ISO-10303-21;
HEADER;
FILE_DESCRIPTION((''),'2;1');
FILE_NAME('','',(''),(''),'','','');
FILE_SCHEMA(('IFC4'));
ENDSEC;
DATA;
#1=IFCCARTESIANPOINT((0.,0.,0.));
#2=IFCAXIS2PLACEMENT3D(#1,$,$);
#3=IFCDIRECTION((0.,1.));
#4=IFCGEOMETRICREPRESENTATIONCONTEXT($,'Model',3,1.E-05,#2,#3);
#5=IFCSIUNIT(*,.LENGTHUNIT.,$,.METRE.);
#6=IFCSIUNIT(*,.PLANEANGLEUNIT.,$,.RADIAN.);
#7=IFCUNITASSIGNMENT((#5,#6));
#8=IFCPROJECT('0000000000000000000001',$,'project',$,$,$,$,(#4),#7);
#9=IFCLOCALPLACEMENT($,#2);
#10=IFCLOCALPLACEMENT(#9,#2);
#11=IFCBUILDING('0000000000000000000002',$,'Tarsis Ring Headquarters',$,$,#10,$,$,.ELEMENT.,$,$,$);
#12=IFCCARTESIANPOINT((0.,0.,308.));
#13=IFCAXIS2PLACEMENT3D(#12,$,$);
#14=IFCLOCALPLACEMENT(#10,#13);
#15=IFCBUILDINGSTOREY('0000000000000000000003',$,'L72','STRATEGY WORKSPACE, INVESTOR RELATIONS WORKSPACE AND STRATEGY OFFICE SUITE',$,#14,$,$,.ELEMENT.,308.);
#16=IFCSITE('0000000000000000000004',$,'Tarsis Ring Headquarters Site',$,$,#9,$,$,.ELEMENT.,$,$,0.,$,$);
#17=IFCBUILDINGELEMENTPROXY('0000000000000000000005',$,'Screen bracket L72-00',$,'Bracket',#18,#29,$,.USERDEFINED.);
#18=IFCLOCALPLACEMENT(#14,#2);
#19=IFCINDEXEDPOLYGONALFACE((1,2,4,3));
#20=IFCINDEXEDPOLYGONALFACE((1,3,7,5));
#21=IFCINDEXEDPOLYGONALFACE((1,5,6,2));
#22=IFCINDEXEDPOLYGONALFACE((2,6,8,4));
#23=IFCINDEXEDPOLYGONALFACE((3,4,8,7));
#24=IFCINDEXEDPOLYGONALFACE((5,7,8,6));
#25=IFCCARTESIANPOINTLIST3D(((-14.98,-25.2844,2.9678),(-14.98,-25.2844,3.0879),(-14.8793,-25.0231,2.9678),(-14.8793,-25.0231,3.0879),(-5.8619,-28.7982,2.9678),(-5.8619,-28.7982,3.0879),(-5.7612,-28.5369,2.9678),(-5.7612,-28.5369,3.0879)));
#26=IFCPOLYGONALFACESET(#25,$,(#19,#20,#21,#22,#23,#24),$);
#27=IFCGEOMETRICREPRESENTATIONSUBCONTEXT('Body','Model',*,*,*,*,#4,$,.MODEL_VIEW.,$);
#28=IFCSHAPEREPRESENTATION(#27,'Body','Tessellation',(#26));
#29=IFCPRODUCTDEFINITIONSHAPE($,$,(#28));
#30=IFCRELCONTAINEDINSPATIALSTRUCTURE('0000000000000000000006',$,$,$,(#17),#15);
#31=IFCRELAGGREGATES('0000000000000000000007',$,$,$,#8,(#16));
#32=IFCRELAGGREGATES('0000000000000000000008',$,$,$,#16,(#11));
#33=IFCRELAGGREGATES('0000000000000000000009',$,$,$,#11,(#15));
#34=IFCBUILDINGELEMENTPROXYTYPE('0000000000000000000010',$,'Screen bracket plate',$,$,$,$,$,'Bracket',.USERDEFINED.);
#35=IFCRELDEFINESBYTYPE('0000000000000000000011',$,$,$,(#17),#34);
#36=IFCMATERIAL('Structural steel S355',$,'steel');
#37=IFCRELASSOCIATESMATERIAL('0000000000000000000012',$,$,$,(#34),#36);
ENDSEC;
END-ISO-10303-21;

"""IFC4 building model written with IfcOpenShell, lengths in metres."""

from ifc_helpers import new_model, si_unit, direction, frame, origin, origin_2d, place, context, subcontext, project, spatial, rectangle, extrude, material, type_object, element, save


model = new_model("IFC4")

# Units and contexts
model_context = context("Model", 3, precision=1e-05, world=origin(), true_north=direction((0.0, 1.0)))
body_context = subcontext(model_context, "Body", "Model", "MODEL_VIEW")
ifc_project = project(units=[si_unit("LENGTHUNIT", "METRE"), si_unit("PLANEANGLEUNIT", "RADIAN")], contexts=[model_context])

# Site, building, storey
site_placement = place(None, origin())
site = spatial("IfcSite", under=ifc_project, at=site_placement, Name="Tarsis Ring Headquarters Site", CompositionType="ELEMENT", RefElevation=0.0)
building_placement = place(site_placement, origin())
building = spatial("IfcBuilding", under=site, at=building_placement, Name="Tarsis Ring Headquarters", CompositionType="ELEMENT")
storey_placement = place(building_placement, frame((0.0, 0.0, 308.0)))
storey = spatial("IfcBuildingStorey", under=building, at=storey_placement, Name="L72", Description="STRATEGY WORKSPACE, INVESTOR RELATIONS WORKSPACE AND STRATEGY OFFICE SUITE", CompositionType="ELEMENT", Elevation=308.0)

# Shared definitions
ifc_material_1 = material(Name="Structural steel S355", Category="steel")

# Building element proxy
building_element_proxy_type = type_object("IfcBuildingElementProxyType", Name="Screen bracket plate", ElementType="Bracket", PredefinedType="USERDEFINED", material=ifc_material_1)
proxy_placement = place(storey_placement, frame((-10.3706, -26.9106, 2.9678), z_axis=(0.0, 0.0, 1.0), x_axis=(0.93311, -0.35959, 0.0)))
element("IfcBuildingElementProxy", 1, at=proxy_placement, inside=storey, type_object=building_element_proxy_type, Name="Screen bracket L72-00", ObjectType="Bracket", PredefinedType="USERDEFINED", context=body_context, shape_type="SweptSolid", body=[
    extrude(rectangle(XDim=9.7717, YDim=0.28, at=origin_2d()), origin(), (0.0, 0.0, 1.0), 0.1201),
])

save(model, "model.ifc")
